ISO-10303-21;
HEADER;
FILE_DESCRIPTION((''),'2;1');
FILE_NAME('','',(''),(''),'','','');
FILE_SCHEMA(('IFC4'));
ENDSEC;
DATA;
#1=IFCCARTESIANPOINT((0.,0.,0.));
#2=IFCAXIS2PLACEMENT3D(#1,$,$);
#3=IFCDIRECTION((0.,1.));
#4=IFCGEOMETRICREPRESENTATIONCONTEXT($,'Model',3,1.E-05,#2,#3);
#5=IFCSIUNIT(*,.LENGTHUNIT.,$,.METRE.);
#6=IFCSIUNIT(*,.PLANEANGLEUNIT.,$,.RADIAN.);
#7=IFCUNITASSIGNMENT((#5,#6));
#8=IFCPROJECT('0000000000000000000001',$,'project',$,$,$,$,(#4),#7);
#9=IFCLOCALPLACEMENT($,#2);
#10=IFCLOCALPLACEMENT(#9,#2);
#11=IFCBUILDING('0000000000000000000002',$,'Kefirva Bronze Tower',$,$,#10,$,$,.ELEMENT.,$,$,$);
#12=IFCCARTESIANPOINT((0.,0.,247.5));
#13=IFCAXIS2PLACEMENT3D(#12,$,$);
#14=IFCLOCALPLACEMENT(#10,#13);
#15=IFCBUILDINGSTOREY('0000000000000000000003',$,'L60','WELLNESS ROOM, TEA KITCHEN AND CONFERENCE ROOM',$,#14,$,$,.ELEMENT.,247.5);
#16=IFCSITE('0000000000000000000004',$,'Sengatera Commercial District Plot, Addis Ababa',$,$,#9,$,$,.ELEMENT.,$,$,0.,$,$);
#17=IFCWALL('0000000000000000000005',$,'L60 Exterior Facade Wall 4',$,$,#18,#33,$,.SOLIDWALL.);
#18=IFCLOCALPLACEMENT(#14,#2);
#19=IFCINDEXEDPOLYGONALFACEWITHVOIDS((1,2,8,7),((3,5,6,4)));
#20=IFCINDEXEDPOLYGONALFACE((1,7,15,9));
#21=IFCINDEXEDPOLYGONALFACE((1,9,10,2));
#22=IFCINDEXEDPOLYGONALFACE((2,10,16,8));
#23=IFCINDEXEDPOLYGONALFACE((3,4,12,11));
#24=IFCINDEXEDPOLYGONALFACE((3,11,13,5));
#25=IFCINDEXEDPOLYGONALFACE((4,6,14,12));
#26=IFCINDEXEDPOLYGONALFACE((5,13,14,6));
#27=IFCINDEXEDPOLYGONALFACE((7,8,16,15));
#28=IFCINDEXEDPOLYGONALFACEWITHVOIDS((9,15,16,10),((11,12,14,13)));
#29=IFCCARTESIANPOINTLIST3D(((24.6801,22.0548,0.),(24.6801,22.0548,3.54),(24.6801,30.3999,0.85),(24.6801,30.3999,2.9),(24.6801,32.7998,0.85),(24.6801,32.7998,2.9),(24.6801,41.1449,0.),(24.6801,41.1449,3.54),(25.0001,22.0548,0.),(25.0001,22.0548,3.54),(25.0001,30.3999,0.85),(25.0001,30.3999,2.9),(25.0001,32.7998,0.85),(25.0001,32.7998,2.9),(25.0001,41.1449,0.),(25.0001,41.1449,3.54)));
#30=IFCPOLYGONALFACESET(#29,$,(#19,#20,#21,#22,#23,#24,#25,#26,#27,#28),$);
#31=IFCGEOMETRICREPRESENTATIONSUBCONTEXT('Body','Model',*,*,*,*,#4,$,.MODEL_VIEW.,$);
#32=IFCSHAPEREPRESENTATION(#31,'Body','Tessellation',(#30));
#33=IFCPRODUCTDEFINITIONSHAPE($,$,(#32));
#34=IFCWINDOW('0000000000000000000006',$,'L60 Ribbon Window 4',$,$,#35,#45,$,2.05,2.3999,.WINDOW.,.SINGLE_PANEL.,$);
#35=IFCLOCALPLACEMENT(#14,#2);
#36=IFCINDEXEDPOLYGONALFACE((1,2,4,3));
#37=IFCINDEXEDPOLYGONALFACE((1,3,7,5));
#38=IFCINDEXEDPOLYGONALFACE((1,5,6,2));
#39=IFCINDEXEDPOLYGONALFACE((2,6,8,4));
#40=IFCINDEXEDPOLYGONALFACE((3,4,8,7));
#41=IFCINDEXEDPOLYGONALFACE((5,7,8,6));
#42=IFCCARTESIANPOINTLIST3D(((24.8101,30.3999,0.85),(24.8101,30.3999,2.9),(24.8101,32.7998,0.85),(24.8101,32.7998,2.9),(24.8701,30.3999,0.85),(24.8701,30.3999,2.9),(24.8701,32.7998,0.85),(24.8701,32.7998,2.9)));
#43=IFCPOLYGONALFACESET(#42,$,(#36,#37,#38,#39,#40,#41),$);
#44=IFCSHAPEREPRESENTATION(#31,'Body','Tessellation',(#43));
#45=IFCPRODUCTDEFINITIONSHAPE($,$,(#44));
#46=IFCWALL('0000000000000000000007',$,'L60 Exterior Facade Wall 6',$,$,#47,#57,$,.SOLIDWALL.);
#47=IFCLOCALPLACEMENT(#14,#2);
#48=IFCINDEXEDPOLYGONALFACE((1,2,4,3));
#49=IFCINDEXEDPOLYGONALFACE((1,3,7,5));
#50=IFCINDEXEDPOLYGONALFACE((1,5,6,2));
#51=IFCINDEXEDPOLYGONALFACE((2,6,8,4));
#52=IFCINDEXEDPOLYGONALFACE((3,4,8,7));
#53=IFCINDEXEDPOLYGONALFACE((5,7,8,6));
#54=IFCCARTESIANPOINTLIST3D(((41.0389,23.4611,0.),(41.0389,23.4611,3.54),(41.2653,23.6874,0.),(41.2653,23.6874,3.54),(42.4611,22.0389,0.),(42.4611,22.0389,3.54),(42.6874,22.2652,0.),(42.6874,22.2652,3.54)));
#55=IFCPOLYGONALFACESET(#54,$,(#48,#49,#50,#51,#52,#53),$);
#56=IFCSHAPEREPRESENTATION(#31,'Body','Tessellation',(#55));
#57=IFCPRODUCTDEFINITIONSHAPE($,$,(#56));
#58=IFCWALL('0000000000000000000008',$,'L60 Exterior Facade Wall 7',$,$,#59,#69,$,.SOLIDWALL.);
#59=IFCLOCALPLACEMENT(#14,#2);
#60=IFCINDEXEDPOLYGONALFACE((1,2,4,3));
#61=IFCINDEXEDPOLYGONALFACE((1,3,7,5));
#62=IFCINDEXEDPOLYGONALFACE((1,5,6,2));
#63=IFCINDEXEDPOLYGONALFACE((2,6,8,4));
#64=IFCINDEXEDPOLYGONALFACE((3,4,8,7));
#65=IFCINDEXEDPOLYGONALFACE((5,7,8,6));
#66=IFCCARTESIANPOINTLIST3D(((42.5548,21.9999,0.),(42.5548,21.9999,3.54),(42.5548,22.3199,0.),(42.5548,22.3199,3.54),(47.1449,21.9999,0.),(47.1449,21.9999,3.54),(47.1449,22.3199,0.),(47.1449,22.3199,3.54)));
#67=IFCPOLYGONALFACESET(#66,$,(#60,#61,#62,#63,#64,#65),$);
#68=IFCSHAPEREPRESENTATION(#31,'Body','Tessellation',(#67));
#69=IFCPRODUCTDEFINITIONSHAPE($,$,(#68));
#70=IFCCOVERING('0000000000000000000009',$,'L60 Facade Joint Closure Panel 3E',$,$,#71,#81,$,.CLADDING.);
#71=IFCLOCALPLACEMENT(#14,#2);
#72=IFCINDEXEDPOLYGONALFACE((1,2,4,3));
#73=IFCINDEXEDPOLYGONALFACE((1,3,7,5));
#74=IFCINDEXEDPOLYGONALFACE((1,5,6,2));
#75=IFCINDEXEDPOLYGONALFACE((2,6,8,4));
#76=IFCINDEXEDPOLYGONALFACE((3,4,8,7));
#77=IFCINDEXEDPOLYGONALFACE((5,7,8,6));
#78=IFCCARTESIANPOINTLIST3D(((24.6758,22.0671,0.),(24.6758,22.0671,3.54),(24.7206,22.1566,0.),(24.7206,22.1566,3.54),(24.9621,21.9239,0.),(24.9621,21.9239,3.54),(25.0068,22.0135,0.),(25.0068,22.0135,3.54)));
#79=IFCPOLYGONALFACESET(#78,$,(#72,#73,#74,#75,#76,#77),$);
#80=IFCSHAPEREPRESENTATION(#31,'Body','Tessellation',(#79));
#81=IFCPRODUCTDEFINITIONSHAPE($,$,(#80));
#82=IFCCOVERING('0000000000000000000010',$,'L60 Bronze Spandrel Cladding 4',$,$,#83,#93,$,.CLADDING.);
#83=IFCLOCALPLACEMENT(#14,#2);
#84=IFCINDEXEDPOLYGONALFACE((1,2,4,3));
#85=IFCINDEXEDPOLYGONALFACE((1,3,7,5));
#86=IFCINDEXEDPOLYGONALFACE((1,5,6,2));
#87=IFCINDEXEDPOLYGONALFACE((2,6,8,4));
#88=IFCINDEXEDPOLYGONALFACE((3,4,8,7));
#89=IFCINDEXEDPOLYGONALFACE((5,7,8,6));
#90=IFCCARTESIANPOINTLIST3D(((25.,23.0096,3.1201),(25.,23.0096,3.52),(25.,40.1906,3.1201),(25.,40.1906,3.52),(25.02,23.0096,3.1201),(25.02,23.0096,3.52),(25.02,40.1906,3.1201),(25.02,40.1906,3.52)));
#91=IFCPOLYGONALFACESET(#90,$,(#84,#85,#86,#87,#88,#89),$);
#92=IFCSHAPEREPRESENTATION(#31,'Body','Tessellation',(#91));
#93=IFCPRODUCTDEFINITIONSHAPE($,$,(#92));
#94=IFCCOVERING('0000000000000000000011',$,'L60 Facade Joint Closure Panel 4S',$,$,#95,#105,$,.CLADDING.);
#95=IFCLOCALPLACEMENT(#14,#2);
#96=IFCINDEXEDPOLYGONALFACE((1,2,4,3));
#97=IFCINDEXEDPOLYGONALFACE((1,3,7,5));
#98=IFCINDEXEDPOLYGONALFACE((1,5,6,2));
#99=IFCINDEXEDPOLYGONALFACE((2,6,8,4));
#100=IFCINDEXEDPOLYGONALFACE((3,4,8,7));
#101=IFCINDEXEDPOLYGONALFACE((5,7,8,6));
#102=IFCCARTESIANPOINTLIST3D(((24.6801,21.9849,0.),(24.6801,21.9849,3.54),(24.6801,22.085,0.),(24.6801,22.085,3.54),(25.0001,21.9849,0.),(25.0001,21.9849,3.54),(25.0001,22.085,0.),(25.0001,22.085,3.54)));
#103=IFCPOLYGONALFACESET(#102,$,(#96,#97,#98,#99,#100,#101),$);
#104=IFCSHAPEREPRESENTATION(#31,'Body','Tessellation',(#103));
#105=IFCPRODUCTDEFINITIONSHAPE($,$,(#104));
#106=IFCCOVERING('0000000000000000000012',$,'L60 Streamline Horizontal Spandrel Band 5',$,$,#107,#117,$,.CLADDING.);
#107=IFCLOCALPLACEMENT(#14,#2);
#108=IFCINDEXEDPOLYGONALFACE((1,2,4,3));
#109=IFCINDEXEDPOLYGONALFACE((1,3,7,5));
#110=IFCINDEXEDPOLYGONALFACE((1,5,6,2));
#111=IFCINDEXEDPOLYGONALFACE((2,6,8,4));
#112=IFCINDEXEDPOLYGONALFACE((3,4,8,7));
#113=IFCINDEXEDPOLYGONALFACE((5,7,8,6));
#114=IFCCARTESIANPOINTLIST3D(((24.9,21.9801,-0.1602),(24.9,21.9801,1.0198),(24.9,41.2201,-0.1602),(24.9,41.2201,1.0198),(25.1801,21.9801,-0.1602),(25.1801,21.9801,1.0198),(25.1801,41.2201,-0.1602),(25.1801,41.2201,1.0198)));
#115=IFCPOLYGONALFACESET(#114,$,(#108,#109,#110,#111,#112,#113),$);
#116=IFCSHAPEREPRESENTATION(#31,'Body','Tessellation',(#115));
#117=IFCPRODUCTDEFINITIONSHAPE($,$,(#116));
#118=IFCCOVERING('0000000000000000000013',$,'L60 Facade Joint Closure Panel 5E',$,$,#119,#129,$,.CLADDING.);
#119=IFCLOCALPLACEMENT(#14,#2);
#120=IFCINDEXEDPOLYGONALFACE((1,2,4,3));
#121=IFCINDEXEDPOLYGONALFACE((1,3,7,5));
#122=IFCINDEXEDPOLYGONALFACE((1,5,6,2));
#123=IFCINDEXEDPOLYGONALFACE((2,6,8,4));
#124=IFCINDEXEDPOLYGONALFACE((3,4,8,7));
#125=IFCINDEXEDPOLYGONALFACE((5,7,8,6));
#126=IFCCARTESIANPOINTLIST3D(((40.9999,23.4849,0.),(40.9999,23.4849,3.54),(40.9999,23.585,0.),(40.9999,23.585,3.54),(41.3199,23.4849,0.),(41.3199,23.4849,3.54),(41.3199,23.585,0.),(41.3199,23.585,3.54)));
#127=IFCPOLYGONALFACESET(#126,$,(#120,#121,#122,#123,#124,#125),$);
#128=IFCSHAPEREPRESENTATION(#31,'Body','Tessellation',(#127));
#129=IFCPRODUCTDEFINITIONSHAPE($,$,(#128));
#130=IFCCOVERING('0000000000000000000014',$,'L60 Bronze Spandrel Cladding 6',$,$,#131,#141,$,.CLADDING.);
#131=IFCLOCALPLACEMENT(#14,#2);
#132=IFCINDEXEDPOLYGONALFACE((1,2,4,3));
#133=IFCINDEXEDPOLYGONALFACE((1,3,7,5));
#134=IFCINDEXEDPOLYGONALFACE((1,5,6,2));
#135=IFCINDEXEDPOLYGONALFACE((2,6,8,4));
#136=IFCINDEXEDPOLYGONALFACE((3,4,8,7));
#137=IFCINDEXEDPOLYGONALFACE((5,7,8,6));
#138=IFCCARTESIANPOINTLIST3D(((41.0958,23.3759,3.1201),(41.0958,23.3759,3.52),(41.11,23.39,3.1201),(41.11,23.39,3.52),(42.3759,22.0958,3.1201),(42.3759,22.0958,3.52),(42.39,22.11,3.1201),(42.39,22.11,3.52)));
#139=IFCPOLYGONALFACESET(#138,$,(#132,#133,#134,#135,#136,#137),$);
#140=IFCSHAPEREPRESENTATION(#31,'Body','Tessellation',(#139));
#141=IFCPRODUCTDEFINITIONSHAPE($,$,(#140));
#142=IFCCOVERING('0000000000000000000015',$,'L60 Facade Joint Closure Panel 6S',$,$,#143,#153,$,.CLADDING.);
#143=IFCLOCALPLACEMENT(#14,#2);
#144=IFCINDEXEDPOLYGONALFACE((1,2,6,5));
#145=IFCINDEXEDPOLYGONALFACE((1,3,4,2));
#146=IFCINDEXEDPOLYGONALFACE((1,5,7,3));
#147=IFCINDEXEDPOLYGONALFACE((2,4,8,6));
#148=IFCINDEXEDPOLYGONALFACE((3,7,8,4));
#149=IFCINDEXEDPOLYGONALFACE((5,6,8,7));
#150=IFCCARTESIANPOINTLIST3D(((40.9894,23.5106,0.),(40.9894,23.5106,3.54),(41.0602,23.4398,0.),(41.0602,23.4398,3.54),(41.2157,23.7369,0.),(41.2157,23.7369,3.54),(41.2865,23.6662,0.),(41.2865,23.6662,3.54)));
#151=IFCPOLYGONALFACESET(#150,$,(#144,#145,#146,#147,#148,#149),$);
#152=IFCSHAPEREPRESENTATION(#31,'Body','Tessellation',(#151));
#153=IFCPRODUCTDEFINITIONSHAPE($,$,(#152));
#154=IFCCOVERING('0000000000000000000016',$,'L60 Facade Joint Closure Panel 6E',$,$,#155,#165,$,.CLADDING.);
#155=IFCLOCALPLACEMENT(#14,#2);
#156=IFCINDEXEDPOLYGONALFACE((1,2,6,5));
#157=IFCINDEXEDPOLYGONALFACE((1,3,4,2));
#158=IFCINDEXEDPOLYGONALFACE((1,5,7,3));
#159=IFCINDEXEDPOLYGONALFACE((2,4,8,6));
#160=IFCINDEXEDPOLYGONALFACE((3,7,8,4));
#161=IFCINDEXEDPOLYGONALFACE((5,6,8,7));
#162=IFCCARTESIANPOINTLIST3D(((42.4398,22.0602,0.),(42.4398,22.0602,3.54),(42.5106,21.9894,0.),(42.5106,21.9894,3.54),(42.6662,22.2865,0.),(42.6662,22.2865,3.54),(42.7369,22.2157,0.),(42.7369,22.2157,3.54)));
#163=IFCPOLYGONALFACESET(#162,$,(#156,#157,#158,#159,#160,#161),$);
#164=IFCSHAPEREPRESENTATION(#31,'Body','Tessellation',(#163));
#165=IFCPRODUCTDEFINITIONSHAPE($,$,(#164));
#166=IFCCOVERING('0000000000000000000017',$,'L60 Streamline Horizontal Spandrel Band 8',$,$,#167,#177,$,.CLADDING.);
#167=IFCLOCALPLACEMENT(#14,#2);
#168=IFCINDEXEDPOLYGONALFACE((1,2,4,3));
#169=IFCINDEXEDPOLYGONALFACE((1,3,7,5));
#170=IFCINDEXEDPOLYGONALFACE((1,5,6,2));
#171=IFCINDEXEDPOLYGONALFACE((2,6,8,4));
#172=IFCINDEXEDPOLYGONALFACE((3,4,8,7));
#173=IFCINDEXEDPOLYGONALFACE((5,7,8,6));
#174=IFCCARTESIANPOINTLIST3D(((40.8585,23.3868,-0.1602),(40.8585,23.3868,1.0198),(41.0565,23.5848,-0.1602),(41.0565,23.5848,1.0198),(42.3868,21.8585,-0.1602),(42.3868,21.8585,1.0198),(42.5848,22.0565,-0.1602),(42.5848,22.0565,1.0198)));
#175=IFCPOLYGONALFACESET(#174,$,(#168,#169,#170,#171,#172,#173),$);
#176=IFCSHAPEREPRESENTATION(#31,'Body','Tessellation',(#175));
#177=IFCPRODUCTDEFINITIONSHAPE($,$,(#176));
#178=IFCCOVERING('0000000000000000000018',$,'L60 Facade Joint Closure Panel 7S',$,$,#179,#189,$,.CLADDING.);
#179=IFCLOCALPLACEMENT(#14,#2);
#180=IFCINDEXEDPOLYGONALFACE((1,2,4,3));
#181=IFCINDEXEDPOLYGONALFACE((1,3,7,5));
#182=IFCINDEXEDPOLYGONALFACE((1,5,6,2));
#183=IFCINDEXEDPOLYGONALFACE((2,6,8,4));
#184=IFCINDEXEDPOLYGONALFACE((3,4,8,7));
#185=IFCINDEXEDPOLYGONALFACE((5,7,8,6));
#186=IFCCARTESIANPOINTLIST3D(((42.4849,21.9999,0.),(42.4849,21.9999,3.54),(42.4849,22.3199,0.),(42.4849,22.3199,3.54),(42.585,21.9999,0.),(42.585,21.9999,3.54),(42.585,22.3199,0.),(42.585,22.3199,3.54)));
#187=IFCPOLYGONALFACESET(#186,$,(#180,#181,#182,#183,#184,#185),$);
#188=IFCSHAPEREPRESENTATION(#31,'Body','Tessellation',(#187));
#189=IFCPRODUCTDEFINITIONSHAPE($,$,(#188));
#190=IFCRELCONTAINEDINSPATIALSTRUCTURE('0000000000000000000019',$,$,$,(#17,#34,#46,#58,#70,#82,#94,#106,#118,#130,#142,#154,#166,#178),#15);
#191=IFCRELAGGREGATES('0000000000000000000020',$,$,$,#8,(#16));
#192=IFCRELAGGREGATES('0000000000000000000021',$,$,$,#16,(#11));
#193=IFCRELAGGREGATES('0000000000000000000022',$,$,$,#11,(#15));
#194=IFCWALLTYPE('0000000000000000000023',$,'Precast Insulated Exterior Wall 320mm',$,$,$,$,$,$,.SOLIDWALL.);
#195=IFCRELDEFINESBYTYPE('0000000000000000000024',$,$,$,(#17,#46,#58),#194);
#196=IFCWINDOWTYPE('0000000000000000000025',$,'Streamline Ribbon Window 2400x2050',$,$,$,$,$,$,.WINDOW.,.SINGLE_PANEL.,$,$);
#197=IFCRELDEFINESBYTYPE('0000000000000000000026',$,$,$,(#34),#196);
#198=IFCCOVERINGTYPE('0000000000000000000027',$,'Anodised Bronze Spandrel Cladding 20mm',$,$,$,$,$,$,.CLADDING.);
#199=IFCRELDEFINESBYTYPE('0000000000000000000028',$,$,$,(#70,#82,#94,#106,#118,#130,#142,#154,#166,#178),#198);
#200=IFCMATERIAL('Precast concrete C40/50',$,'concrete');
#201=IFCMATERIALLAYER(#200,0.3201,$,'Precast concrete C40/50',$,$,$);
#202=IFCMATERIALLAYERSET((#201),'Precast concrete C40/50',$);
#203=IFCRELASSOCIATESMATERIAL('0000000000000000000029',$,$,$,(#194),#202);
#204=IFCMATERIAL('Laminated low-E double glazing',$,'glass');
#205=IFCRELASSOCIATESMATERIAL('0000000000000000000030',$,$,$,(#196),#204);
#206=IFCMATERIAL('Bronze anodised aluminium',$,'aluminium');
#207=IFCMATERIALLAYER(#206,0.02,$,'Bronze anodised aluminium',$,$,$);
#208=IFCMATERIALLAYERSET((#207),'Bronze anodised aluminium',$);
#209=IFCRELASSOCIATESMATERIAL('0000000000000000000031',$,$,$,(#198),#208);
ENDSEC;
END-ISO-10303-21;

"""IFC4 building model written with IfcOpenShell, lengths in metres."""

from ifc_helpers import new_model, si_unit, direction, frame, frame_2d, origin, origin_2d, place, context, subcontext, project, spatial, rectangle, extrude, material, layer, layer_set, type_object, element, fill, save


model = new_model("IFC4")

# Units and contexts
model_context = context("Model", 3, precision=1e-05, world=origin(), true_north=direction((0.0, 1.0)))
body_context = subcontext(model_context, "Body", "Model", "MODEL_VIEW")
ifc_project = project(units=[si_unit("LENGTHUNIT", "METRE"), si_unit("PLANEANGLEUNIT", "RADIAN")], contexts=[model_context])

# Site, building, storey
site_placement = place(None, origin())
site = spatial("IfcSite", under=ifc_project, at=site_placement, Name="Sengatera Commercial District Plot, Addis Ababa", CompositionType="ELEMENT", RefElevation=0.0)
building_placement = place(site_placement, origin())
building = spatial("IfcBuilding", under=site, at=building_placement, Name="Kefirva Bronze Tower", CompositionType="ELEMENT")
storey_placement = place(building_placement, frame((0.0, 0.0, 247.5)))
storey = spatial("IfcBuildingStorey", under=building, at=storey_placement, Name="L60", Description="WELLNESS ROOM, TEA KITCHEN AND CONFERENCE ROOM", CompositionType="ELEMENT", Elevation=247.5)

# Wall, opening, window
ifc_material_1 = material(Name="Precast concrete C40/50", Category="concrete")
ifc_layer_1 = layer(ifc_material_1, 0.3201, Name="Precast concrete C40/50")
ifc_layer_set_1 = layer_set([ifc_layer_1], Name="Precast concrete C40/50")
wall_type = type_object("IfcWallType", Name="Precast Insulated Exterior Wall 320mm", PredefinedType="SOLIDWALL", material=ifc_layer_set_1)
wall_1_placement = place(storey_placement, frame((24.8401, 22.0549, 0.0), z_axis=(0.0, 0.0, 1.0), x_axis=(0.0, 1.0, 0.0)))
wall_1 = element("IfcWall", 1, at=wall_1_placement, inside=storey, type_object=wall_type, Name="L60 Exterior Facade Wall 4", PredefinedType="SOLIDWALL", context=body_context, shape_type="SweptSolid", body=[
    extrude(rectangle(XDim=19.0901, YDim=0.3201, at=frame_2d((9.5449, 0.0))), origin(), (0.0, 0.0, 1.0), 3.54),
])
opening_placement = place(wall_1_placement, frame((8.345, 0.0, 0.8501)))
opening = element("IfcOpeningElement", 2, at=opening_placement, cuts=wall_1, PredefinedType="OPENING", context=body_context, shape_type="SweptSolid", body=[
    extrude(rectangle(XDim=2.3999, YDim=2.05, at=frame_2d((1.2, 1.0249))), frame((0.0, 0.1699, 0.0), z_axis=(0.0, -1.0, 0.0), x_axis=(1.0, 0.0, 0.0)), (0.0, 0.0, 1.0), 0.3401),
])
ifc_material_2 = material(Name="Laminated low-E double glazing", Category="glass")
window_type = type_object("IfcWindowType", Name="Streamline Ribbon Window 2400x2050", PartitioningType="SINGLE_PANEL", PredefinedType="WINDOW", material=ifc_material_2)
window_placement = place(opening_placement, origin())
window = element("IfcWindow", 3, at=window_placement, inside=storey, type_object=window_type, Name="L60 Ribbon Window 4", OverallHeight=2.05, OverallWidth=2.3999, PartitioningType="SINGLE_PANEL", PredefinedType="WINDOW", context=body_context, shape_type="SweptSolid", body=[
    extrude(rectangle(XDim=2.3999, YDim=2.05, at=frame_2d((1.2, 1.0249))), frame((0.0, 0.03, 0.0), z_axis=(0.0, -1.0, 0.0), x_axis=(1.0, 0.0, 0.0)), (0.0, 0.0, 1.0), 0.0601),
])
fill(opening, window)

# Walls
wall_2_placement = place(storey_placement, frame((41.1521, 23.5742, 0.0), z_axis=(0.0, 0.0, 1.0), x_axis=(0.707107, -0.707107, 0.0)))
element("IfcWall", 4, at=wall_2_placement, inside=storey, type_object=wall_type, Name="L60 Exterior Facade Wall 6", PredefinedType="SOLIDWALL", context=body_context, shape_type="SweptSolid", body=[
    extrude(rectangle(XDim=2.0112, YDim=0.3201, at=frame_2d((1.0056, 0.0))), origin(), (0.0, 0.0, 1.0), 3.54),
])
wall_3_placement = place(storey_placement, frame((42.5549, 22.1599, 0.0), z_axis=(0.0, 0.0, 1.0), x_axis=(1.0, 0.0, 0.0)))
element("IfcWall", 5, at=wall_3_placement, inside=storey, type_object=wall_type, Name="L60 Exterior Facade Wall 7", PredefinedType="SOLIDWALL", context=body_context, shape_type="SweptSolid", body=[
    extrude(rectangle(XDim=4.5901, YDim=0.3201, at=frame_2d((2.2949, 0.0))), origin(), (0.0, 0.0, 1.0), 3.54),
])

# Coverings
ifc_material_3 = material(Name="Bronze anodised aluminium", Category="aluminium")
ifc_layer_2 = layer(ifc_material_3, 0.02, Name="Bronze anodised aluminium")
ifc_layer_set_2 = layer_set([ifc_layer_2], Name="Bronze anodised aluminium")
covering_type_1 = type_object("IfcCoveringType", Name="Anodised Bronze Spandrel Cladding 20mm", PredefinedType="CLADDING", material=ifc_layer_set_2)
covering_1_placement = place(storey_placement, frame((24.8413, 22.0403, 0.0), z_axis=(0.0, 0.0, 1.0), x_axis=(0.447214, 0.894427, 0.0)))
element("IfcCovering", 6, at=covering_1_placement, inside=storey, type_object=covering_type_1, Name="L60 Facade Joint Closure Panel 3E", PredefinedType="CLADDING", context=body_context, shape_type="SweptSolid", body=[
    extrude(rectangle(XDim=0.1001, YDim=0.3201, at=origin_2d()), origin(), (0.0, 0.0, 1.0), 3.54),
])
covering_2_placement = place(storey_placement, frame((25.01, 31.6001, 3.1201), z_axis=(0.0, 0.0, 1.0), x_axis=(0.0, 1.0, 0.0)))
element("IfcCovering", 7, at=covering_2_placement, inside=storey, type_object=covering_type_1, Name="L60 Bronze Spandrel Cladding 4", PredefinedType="CLADDING", context=body_context, shape_type="SweptSolid", body=[
    extrude(rectangle(XDim=17.1809, YDim=0.02, at=origin_2d()), origin(), (0.0, 0.0, 1.0), 0.3999),
])
covering_3_placement = place(storey_placement, frame((24.8401, 22.0349, 0.0), z_axis=(0.0, 0.0, 1.0), x_axis=(0.0, 1.0, 0.0)))
element("IfcCovering", 8, at=covering_3_placement, inside=storey, type_object=covering_type_1, Name="L60 Facade Joint Closure Panel 4S", PredefinedType="CLADDING", context=body_context, shape_type="SweptSolid", body=[
    extrude(rectangle(XDim=0.1001, YDim=0.3201, at=origin_2d()), origin(), (0.0, 0.0, 1.0), 3.54),
])
covering_4_placement = place(storey_placement, frame((25.04, 31.6001, -0.1602), z_axis=(0.0, 0.0, 1.0), x_axis=(0.0, 1.0, 0.0)))
element("IfcCovering", 9, at=covering_4_placement, inside=storey, type_object=covering_type_1, Name="L60 Streamline Horizontal Spandrel Band 5", PredefinedType="CLADDING", context=body_context, shape_type="SweptSolid", body=[
    extrude(rectangle(XDim=19.24, YDim=0.28, at=origin_2d()), origin(), (0.0, 0.0, 1.0), 1.1799),
])
covering_5_placement = place(storey_placement, frame((41.1599, 23.5349, 0.0), z_axis=(0.0, 0.0, 1.0), x_axis=(0.0, -1.0, 0.0)))
element("IfcCovering", 10, at=covering_5_placement, inside=storey, type_object=covering_type_1, Name="L60 Facade Joint Closure Panel 5E", PredefinedType="CLADDING", context=body_context, shape_type="SweptSolid", body=[
    extrude(rectangle(XDim=0.1001, YDim=0.3201, at=origin_2d()), origin(), (0.0, 0.0, 1.0), 3.54),
])
covering_6_placement = place(storey_placement, frame((41.7429, 22.7429, 3.1201), z_axis=(0.0, 0.0, 1.0), x_axis=(0.707107, -0.707107, 0.0)))
element("IfcCovering", 11, at=covering_6_placement, inside=storey, type_object=covering_type_1, Name="L60 Bronze Spandrel Cladding 6", PredefinedType="CLADDING", context=body_context, shape_type="SweptSolid", body=[
    extrude(rectangle(XDim=1.8103, YDim=0.02, at=origin_2d()), origin(), (0.0, 0.0, 1.0), 0.3999),
])
for number, where, z_axis, x_axis, name in (
    (12, (41.1379, 23.5884, 0.0), (0.0, 0.0, 1.0), (0.707107, -0.707107, 0.0), "L60 Facade Joint Closure Panel 6S"),
    (13, (42.5884, 22.1379, 0.0), (0.0, 0.0, 1.0), (0.707107, -0.707107, 0.0), "L60 Facade Joint Closure Panel 6E"),
):
    element("IfcCovering", number, at=place(storey_placement, frame(where, z_axis=z_axis, x_axis=x_axis)), inside=storey, type_object=covering_type_1, Name=name, PredefinedType="CLADDING", context=body_context, shape_type="SweptSolid", body=[
        extrude(rectangle(XDim=0.1001, YDim=0.3201, at=origin_2d()), origin(), (0.0, 0.0, 1.0), 3.54),
    ])
covering_7_placement = place(storey_placement, frame((41.7217, 22.7217, -0.1602), z_axis=(0.0, 0.0, 1.0), x_axis=(0.707107, -0.707107, 0.0)))
element("IfcCovering", 14, at=covering_7_placement, inside=storey, type_object=covering_type_1, Name="L60 Streamline Horizontal Spandrel Band 8", PredefinedType="CLADDING", context=body_context, shape_type="SweptSolid", body=[
    extrude(rectangle(XDim=2.1614, YDim=0.28, at=origin_2d()), origin(), (0.0, 0.0, 1.0), 1.1799),
])
covering_8_placement = place(storey_placement, frame((42.5349, 22.1599, 0.0), z_axis=(0.0, 0.0, 1.0), x_axis=(1.0, 0.0, 0.0)))
element("IfcCovering", 15, at=covering_8_placement, inside=storey, type_object=covering_type_1, Name="L60 Facade Joint Closure Panel 7S", PredefinedType="CLADDING", context=body_context, shape_type="SweptSolid", body=[
    extrude(rectangle(XDim=0.1001, YDim=0.3201, at=origin_2d()), origin(), (0.0, 0.0, 1.0), 3.54),
])

save(model, "model.ifc")
